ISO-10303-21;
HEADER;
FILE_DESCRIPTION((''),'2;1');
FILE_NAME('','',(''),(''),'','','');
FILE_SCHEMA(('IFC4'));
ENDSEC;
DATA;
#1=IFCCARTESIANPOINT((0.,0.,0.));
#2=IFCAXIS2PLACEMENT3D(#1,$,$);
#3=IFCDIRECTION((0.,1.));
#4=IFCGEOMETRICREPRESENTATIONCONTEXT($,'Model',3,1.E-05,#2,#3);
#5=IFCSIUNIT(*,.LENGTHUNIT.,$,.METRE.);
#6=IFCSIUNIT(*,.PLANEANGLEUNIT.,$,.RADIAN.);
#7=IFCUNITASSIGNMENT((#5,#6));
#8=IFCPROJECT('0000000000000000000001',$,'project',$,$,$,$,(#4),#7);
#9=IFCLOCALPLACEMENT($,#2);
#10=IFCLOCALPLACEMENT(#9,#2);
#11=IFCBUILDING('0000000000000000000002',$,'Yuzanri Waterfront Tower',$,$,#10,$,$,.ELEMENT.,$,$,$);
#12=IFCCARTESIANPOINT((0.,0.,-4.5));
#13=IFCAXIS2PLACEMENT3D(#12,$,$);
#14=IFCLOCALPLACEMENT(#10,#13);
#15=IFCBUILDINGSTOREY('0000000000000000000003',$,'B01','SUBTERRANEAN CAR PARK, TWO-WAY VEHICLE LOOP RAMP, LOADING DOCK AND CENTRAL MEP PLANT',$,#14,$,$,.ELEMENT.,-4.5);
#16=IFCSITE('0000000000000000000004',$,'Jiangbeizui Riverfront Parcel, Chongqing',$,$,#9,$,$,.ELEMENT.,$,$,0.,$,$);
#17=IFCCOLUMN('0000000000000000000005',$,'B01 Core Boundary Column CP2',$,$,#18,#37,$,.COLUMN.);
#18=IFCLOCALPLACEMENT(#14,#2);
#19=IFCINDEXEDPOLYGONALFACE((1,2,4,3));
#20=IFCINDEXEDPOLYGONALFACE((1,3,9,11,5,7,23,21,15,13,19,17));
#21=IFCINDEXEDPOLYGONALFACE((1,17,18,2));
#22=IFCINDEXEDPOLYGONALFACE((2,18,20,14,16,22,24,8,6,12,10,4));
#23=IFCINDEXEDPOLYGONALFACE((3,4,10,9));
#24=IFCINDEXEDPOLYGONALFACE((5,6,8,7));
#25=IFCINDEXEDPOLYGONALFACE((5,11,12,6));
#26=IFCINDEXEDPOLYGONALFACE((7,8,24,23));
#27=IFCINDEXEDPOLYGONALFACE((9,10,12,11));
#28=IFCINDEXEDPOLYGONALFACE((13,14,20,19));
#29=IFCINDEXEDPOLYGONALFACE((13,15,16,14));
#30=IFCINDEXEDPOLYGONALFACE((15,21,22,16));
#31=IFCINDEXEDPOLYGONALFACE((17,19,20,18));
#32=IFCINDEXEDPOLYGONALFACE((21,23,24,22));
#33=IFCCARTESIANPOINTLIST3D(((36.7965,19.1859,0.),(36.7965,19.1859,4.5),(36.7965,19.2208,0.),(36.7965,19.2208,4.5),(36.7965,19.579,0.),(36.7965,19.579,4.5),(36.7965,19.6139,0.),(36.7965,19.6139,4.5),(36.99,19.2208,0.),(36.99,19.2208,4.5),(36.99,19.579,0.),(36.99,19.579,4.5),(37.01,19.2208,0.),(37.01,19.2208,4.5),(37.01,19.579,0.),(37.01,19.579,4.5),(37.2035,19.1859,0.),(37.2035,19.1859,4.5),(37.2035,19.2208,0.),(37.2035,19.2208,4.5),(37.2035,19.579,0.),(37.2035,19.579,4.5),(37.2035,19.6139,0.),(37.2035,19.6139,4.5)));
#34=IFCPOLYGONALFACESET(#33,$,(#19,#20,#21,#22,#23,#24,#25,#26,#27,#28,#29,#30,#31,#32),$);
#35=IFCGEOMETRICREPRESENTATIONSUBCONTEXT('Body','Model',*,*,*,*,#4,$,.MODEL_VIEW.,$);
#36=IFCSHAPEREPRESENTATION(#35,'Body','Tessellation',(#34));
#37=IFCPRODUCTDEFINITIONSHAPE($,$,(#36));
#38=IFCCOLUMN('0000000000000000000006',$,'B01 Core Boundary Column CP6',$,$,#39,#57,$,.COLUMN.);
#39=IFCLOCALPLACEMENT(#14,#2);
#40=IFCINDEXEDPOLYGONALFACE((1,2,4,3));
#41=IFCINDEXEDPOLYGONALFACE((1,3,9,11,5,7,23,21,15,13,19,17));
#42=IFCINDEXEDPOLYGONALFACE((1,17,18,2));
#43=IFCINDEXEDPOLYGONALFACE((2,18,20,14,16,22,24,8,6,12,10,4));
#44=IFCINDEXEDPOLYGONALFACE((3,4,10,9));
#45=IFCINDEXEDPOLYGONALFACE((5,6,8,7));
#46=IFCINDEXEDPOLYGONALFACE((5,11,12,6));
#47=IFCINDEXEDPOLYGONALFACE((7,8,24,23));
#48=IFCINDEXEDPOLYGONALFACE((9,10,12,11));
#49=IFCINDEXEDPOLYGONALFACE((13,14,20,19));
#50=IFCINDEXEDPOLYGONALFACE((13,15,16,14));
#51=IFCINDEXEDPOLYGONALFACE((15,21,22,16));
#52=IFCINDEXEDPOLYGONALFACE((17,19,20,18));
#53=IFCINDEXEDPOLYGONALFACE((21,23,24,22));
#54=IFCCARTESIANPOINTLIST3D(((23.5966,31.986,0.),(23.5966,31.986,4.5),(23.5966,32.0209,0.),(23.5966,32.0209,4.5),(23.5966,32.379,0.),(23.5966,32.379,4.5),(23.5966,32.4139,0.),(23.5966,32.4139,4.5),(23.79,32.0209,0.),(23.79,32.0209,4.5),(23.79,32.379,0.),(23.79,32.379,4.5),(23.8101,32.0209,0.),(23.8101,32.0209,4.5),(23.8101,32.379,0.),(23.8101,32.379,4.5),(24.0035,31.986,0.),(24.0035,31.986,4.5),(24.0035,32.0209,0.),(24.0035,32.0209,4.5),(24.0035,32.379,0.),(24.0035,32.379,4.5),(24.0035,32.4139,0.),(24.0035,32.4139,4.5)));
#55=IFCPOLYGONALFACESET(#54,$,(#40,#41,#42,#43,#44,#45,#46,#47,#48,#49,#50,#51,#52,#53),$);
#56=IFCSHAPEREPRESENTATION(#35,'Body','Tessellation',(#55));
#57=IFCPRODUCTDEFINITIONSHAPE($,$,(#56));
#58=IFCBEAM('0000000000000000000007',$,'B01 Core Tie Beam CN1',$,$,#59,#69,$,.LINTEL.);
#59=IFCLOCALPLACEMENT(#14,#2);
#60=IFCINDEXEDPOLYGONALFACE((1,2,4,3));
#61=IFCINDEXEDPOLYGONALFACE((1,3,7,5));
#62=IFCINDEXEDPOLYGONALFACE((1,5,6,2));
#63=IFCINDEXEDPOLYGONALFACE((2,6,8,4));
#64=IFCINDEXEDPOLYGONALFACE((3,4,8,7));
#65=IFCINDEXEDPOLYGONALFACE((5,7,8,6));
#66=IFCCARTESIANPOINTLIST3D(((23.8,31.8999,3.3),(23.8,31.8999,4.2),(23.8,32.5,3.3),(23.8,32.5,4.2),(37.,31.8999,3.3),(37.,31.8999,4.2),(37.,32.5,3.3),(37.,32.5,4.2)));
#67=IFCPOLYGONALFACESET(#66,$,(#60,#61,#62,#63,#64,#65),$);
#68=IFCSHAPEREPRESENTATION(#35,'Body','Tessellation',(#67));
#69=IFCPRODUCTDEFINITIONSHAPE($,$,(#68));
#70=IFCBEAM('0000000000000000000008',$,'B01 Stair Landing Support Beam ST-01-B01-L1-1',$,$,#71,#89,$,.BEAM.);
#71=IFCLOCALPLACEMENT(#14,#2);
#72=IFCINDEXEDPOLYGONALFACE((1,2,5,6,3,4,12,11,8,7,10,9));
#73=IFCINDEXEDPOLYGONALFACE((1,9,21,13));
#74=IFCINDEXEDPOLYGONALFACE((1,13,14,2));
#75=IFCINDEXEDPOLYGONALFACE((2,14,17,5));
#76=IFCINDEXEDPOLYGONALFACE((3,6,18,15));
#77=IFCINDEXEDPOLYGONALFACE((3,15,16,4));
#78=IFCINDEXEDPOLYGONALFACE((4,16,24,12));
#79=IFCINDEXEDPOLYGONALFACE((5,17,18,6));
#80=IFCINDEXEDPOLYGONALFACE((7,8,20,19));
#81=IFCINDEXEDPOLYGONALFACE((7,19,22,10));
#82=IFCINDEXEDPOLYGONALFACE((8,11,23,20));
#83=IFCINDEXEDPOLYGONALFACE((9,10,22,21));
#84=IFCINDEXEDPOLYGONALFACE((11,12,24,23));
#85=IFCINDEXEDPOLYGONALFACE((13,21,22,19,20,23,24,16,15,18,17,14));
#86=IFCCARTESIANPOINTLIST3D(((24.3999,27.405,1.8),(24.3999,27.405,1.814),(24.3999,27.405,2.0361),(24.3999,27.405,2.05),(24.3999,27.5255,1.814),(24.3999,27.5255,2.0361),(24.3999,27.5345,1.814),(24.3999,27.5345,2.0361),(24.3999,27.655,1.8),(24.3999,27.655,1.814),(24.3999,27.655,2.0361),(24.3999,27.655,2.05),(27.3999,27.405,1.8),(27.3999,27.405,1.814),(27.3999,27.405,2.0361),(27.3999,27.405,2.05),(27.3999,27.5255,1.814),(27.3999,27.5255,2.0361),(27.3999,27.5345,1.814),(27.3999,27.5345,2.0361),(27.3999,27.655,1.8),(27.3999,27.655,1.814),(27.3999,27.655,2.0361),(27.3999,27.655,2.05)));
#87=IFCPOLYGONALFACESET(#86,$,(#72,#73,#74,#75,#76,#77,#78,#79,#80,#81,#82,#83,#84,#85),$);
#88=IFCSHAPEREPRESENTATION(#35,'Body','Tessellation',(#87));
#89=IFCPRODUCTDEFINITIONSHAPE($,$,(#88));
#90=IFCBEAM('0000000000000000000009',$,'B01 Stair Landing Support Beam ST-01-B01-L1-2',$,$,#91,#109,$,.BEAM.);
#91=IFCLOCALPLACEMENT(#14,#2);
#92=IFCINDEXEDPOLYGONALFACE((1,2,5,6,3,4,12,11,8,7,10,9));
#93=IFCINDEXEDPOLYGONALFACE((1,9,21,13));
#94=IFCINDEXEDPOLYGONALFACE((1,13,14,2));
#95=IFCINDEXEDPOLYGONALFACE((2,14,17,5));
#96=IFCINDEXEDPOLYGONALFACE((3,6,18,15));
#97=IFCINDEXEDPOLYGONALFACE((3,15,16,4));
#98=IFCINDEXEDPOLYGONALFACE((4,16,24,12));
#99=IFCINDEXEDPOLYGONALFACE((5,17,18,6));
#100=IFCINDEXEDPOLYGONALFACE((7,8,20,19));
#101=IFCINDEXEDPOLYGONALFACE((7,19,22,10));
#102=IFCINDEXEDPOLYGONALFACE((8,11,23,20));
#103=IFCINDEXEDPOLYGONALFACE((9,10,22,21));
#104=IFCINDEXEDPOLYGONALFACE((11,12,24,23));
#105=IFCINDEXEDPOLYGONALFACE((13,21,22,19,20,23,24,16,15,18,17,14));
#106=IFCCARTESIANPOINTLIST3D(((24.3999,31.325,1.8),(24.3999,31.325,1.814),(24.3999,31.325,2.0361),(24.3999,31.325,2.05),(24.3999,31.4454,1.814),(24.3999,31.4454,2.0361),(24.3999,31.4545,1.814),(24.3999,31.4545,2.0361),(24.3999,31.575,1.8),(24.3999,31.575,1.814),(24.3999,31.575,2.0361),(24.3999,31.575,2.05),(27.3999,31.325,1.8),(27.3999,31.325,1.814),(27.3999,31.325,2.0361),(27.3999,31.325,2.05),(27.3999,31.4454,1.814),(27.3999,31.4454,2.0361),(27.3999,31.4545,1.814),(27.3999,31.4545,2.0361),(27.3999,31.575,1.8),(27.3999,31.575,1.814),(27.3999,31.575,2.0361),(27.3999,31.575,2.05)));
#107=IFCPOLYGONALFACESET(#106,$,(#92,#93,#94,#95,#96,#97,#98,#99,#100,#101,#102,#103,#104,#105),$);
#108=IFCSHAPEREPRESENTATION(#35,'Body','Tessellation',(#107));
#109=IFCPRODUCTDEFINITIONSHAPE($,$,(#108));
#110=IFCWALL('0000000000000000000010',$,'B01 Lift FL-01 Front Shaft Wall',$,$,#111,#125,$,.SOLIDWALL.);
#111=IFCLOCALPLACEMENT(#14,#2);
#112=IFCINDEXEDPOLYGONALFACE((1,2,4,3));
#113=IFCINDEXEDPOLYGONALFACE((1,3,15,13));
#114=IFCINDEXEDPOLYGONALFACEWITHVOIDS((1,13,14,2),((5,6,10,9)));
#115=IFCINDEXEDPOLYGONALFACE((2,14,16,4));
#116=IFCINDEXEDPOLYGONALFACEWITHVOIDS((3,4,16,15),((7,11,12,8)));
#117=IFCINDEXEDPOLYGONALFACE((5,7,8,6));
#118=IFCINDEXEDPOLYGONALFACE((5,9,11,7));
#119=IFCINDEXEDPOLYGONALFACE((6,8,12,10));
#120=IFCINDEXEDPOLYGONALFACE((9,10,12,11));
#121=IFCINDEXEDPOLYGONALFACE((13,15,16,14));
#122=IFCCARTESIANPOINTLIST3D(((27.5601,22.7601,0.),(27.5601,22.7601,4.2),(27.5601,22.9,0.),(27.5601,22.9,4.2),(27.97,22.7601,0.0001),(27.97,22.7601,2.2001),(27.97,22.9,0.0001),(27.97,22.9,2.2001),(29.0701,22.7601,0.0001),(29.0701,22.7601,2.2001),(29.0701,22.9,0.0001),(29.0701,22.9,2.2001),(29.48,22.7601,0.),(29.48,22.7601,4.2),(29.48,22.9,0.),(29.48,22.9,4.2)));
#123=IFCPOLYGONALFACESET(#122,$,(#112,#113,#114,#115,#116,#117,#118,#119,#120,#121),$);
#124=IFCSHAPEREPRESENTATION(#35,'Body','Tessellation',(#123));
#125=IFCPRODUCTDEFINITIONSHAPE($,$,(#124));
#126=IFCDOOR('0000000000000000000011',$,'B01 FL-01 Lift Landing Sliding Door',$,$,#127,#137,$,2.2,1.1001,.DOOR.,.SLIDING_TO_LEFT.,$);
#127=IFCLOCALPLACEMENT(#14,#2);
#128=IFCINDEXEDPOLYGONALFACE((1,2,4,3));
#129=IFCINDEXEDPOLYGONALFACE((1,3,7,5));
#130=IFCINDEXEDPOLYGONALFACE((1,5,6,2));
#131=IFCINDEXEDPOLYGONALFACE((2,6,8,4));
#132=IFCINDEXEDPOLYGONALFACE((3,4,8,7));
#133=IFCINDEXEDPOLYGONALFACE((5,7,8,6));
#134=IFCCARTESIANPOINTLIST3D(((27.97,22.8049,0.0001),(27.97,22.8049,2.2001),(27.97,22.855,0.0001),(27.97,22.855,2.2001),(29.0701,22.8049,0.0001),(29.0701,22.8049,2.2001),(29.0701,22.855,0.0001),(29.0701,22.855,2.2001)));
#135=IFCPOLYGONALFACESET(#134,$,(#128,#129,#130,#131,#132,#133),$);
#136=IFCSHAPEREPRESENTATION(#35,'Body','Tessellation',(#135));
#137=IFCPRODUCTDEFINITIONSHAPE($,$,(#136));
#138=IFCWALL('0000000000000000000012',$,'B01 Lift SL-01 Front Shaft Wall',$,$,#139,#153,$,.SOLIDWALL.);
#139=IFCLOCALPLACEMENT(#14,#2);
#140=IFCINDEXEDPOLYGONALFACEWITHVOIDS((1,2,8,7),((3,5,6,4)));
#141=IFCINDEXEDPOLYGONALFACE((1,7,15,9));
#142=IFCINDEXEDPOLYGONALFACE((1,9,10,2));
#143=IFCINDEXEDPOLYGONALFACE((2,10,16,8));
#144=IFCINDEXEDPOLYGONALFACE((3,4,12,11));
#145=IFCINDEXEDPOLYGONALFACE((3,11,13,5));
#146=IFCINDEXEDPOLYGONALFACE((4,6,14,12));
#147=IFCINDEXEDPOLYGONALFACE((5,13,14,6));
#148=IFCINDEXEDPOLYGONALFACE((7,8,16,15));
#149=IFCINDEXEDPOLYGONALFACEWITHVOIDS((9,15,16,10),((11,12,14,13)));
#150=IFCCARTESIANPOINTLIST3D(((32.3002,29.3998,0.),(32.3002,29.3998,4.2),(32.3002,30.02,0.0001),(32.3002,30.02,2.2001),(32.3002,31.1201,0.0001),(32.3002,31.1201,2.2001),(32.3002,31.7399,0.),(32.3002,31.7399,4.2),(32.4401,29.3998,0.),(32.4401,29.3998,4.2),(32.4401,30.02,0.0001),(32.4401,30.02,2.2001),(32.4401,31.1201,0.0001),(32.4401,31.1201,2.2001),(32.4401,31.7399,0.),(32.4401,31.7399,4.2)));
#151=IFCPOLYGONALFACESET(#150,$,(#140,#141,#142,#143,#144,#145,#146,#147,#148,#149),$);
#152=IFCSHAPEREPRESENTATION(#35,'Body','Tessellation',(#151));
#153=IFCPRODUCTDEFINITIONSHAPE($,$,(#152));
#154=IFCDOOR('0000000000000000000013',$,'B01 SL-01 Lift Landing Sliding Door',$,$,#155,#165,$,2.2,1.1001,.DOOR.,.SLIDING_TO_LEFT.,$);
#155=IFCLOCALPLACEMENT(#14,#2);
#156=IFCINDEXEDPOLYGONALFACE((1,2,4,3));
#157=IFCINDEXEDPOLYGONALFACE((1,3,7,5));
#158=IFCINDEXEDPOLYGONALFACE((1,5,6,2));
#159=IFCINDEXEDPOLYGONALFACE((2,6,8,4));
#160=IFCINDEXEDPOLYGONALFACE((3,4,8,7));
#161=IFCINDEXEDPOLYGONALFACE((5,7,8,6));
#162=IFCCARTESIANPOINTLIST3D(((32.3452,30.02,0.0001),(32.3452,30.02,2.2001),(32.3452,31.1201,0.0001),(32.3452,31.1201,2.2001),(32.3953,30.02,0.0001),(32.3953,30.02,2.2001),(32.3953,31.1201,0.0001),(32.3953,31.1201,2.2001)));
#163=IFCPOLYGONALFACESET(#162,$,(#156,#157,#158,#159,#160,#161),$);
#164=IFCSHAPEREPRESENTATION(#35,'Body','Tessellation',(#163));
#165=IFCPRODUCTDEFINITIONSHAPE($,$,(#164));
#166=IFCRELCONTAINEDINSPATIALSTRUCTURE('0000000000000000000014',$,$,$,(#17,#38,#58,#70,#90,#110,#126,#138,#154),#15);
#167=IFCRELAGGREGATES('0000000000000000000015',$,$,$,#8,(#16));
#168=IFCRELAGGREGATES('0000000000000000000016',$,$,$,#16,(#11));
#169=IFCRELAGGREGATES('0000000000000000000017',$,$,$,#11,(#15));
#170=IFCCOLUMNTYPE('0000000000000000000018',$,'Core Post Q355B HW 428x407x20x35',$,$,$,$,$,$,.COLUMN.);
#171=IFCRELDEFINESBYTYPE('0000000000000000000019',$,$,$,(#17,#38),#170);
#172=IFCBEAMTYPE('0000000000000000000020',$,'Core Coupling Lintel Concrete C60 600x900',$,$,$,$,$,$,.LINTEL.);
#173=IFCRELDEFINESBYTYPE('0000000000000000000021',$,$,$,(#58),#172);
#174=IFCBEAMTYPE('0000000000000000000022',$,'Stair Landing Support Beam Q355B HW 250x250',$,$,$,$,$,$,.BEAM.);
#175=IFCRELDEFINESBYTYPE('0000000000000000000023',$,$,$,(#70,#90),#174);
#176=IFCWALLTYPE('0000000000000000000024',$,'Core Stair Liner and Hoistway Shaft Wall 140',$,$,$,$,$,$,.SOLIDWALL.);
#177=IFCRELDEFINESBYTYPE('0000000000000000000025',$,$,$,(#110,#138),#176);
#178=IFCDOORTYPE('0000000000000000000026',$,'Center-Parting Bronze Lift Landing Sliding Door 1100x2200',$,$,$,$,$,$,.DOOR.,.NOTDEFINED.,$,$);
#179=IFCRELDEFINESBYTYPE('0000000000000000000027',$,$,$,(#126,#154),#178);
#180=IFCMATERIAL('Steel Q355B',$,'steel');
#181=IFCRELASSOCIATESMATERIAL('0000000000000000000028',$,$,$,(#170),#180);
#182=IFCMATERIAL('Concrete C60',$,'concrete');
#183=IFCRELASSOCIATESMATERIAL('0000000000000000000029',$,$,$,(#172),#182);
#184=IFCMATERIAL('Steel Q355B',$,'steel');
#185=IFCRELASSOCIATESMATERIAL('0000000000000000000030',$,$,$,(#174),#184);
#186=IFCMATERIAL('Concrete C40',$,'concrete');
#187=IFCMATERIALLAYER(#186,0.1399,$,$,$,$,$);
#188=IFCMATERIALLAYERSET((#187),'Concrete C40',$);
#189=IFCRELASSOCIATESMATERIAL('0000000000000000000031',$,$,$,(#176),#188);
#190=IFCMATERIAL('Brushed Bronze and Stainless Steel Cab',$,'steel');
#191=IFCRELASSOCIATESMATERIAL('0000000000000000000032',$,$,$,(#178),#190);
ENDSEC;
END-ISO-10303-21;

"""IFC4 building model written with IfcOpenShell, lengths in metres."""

from ifc_helpers import new_model, si_unit, direction, frame, frame_2d, origin, origin_2d, place, context, subcontext, project, spatial, rectangle, i_section, extrude, source, transform, mapped, material, layer, layer_set, material_profile, profile_set, type_object, element, fill, save


model = new_model("IFC4")

# Units and contexts
model_context = context("Model", 3, precision=1e-05, world=origin(), true_north=direction((0.0, 1.0)))
body_context = subcontext(model_context, "Body", "Model", "MODEL_VIEW")
ifc_project = project(units=[si_unit("LENGTHUNIT", "METRE"), si_unit("PLANEANGLEUNIT", "RADIAN")], contexts=[model_context])

# Site, building, storey
site_placement = place(None, origin())
site = spatial("IfcSite", under=ifc_project, at=site_placement, Name="Jiangbeizui Riverfront Parcel, Chongqing", CompositionType="ELEMENT", RefElevation=0.0)
building_placement = place(site_placement, origin())
building = spatial("IfcBuilding", under=site, at=building_placement, Name="Yuzanri Waterfront Tower", CompositionType="ELEMENT")
storey_placement = place(building_placement, frame((0.0, 0.0, -4.5)))
storey = spatial("IfcBuildingStorey", under=building, at=storey_placement, Name="B01", Description="SUBTERRANEAN CAR PARK, TWO-WAY VEHICLE LOOP RAMP, LOADING DOCK AND CENTRAL MEP PLANT", CompositionType="ELEMENT", Elevation=-4.5)

# Columns
ifc_material_1 = material(Name="Steel Q355B", Category="steel")
ifc_material_profile_1 = material_profile(ifc_material_1, i_section(OverallWidth=0.407, OverallDepth=0.428, WebThickness=0.02, FlangeThickness=0.0349, at=origin_2d()), Name="HW 428x407x20x35")
ifc_profile_set_1 = profile_set([ifc_material_profile_1], Name="Steel Q355B")
column_type = type_object("IfcColumnType", Name="Core Post Q355B HW 428x407x20x35", PredefinedType="COLUMN", material=ifc_profile_set_1)
shared_shape_1 = source(origin(), body_context, "Body", "SweptSolid", [
    extrude(i_section(OverallWidth=0.407, OverallDepth=0.428, WebThickness=0.02, FlangeThickness=0.0349, at=origin_2d()), origin(), (0.0, 0.0, 1.0), 4.5),
])
for number, where, z_axis, x_axis, name in (
    (1, (37.0, 19.3999, 0.0), (0.0, 0.0, 1.0), (1.0, 0.0, 0.0), "B01 Core Boundary Column CP2"),
    (2, (23.8, 32.2, 0.0), (0.0, 0.0, 1.0), (1.0, 0.0, 0.0), "B01 Core Boundary Column CP6"),
):
    element("IfcColumn", number, at=place(storey_placement, frame(where, z_axis=z_axis, x_axis=x_axis)), inside=storey, type_object=column_type, Name=name, PredefinedType="COLUMN", context=body_context, shape_type="MappedRepresentation", body=[
        mapped(shared_shape_1, transform((0.0, 0.0, 0.0), scale=1.0)),
    ])

# Beams
ifc_material_2 = material(Name="Concrete C60", Category="concrete")
ifc_material_profile_2 = material_profile(ifc_material_2, rectangle(XDim=0.6001, YDim=0.8999, at=origin_2d()), Name="RC 600x900")
ifc_profile_set_2 = profile_set([ifc_material_profile_2], Name="Concrete C60")
beam_type_1 = type_object("IfcBeamType", Name="Core Coupling Lintel Concrete C60 600x900", PredefinedType="LINTEL", material=ifc_profile_set_2)
shared_shape_2 = source(origin(), body_context, "Body", "SweptSolid", [
    extrude(rectangle(XDim=0.6001, YDim=0.8999, at=origin_2d()), origin(), (0.0, 0.0, 1.0), 13.2),
])
beam_placement = place(storey_placement, frame((23.8, 32.2, 3.75), z_axis=(1.0, 0.0, 0.0), x_axis=(0.0, 1.0, 0.0)))
element("IfcBeam", 3, at=beam_placement, inside=storey, type_object=beam_type_1, Name="B01 Core Tie Beam CN1", PredefinedType="LINTEL", context=body_context, shape_type="MappedRepresentation", body=[
    mapped(shared_shape_2, transform((0.0, 0.0, 0.0), scale=1.0)),
])
ifc_material_3 = material(Name="Steel Q355B", Category="steel")
ifc_material_profile_3 = material_profile(ifc_material_3, i_section(OverallWidth=0.25, OverallDepth=0.25, WebThickness=0.009, FlangeThickness=0.0139, at=origin_2d()), Name="HW 250x250x9x14")
ifc_profile_set_3 = profile_set([ifc_material_profile_3], Name="Steel Q355B")
beam_type_2 = type_object("IfcBeamType", Name="Stair Landing Support Beam Q355B HW 250x250", PredefinedType="BEAM", material=ifc_profile_set_3)
shared_shape_3 = source(origin(), body_context, "Body", "SweptSolid", [
    extrude(i_section(OverallWidth=0.25, OverallDepth=0.25, WebThickness=0.009, FlangeThickness=0.0139, at=origin_2d()), origin(), (0.0, 0.0, 1.0), 3.0),
])
for number, where, z_axis, x_axis, name in (
    (4, (24.3999, 27.53, 1.925), (1.0, 0.0, 0.0), (0.0, 1.0, 0.0), "B01 Stair Landing Support Beam ST-01-B01-L1-1"),
    (5, (24.3999, 31.45, 1.925), (1.0, 0.0, 0.0), (0.0, 1.0, 0.0), "B01 Stair Landing Support Beam ST-01-B01-L1-2"),
):
    element("IfcBeam", number, at=place(storey_placement, frame(where, z_axis=z_axis, x_axis=x_axis)), inside=storey, type_object=beam_type_2, Name=name, PredefinedType="BEAM", context=body_context, shape_type="MappedRepresentation", body=[
        mapped(shared_shape_3, transform((0.0, 0.0, 0.0), scale=1.0)),
    ])

# Walls, openings, doors
ifc_material_4 = material(Name="Concrete C40", Category="concrete")
ifc_layer_1 = layer(ifc_material_4, 0.1399)
ifc_layer_set_1 = layer_set([ifc_layer_1], Name="Concrete C40")
wall_type_1 = type_object("IfcWallType", Name="Core Stair Liner and Hoistway Shaft Wall 140", PredefinedType="SOLIDWALL", material=ifc_layer_set_1)
wall_1_placement = place(storey_placement, frame((27.5601, 22.8301, 0.0), z_axis=(0.0, 0.0, 1.0), x_axis=(1.0, 0.0, 0.0)))
wall_1 = element("IfcWall", 6, at=wall_1_placement, inside=storey, type_object=wall_type_1, Name="B01 Lift FL-01 Front Shaft Wall", PredefinedType="SOLIDWALL", context=body_context, shape_type="SweptSolid", body=[
    extrude(rectangle(XDim=1.9199, YDim=0.1399, at=frame_2d((0.96, 0.0))), origin(), (0.0, 0.0, 1.0), 4.2),
])
opening_1_placement = place(wall_1_placement, frame((0.4099, 0.0, 0.0)))
opening_1 = element("IfcOpeningElement", 7, at=opening_1_placement, cuts=wall_1, PredefinedType="OPENING", context=body_context, shape_type="SweptSolid", body=[
    extrude(rectangle(XDim=1.1001, YDim=2.2, at=frame_2d((0.55, 1.1001))), frame((0.0, 0.085, 0.0), z_axis=(0.0, -1.0, 0.0), x_axis=(1.0, 0.0, 0.0)), (0.0, 0.0, 1.0), 0.1697),
])
ifc_material_5 = material(Name="Brushed Bronze and Stainless Steel Cab", Category="steel")
door_type_1 = type_object("IfcDoorType", Name="Center-Parting Bronze Lift Landing Sliding Door 1100x2200", OperationType="NOTDEFINED", PredefinedType="DOOR", material=ifc_material_5)
shared_shape_4 = source(origin(), body_context, "Body", "SweptSolid", [
    extrude(rectangle(XDim=1.1001, YDim=2.2, at=frame_2d((0.55, 1.1001))), frame((0.0, 0.0249, 0.0), z_axis=(0.0, -1.0, 0.0), x_axis=(1.0, 0.0, 0.0)), (0.0, 0.0, 1.0), 0.05),
])
door_1_placement = place(opening_1_placement, origin())
door_1 = element("IfcDoor", 8, at=door_1_placement, inside=storey, type_object=door_type_1, Name="B01 FL-01 Lift Landing Sliding Door", OperationType="SLIDING_TO_LEFT", OverallHeight=2.2, OverallWidth=1.1001, PredefinedType="DOOR", context=body_context, shape_type="MappedRepresentation", body=[
    mapped(shared_shape_4, transform((0.0, 0.0, 0.0), scale=1.0)),
])
fill(opening_1, door_1)
wall_2_placement = place(storey_placement, frame((32.3701, 29.3999, 0.0), z_axis=(0.0, 0.0, 1.0), x_axis=(0.0, 1.0, 0.0)))
wall_2 = element("IfcWall", 9, at=wall_2_placement, inside=storey, type_object=wall_type_1, Name="B01 Lift SL-01 Front Shaft Wall", PredefinedType="SOLIDWALL", context=body_context, shape_type="SweptSolid", body=[
    extrude(rectangle(XDim=2.3401, YDim=0.1399, at=frame_2d((1.1699, 0.0))), origin(), (0.0, 0.0, 1.0), 4.2),
])
opening_2_placement = place(wall_2_placement, frame((0.6201, 0.0, 0.0)))
opening_2 = element("IfcOpeningElement", 10, at=opening_2_placement, cuts=wall_2, PredefinedType="OPENING", context=body_context, shape_type="SweptSolid", body=[
    extrude(rectangle(XDim=1.1001, YDim=2.2, at=frame_2d((0.55, 1.1001))), frame((0.0, 0.085, 0.0), z_axis=(0.0, -1.0, 0.0), x_axis=(1.0, 0.0, 0.0)), (0.0, 0.0, 1.0), 0.1697),
])
door_2_placement = place(opening_2_placement, origin())
door_2 = element("IfcDoor", 11, at=door_2_placement, inside=storey, type_object=door_type_1, Name="B01 SL-01 Lift Landing Sliding Door", OperationType="SLIDING_TO_LEFT", OverallHeight=2.2, OverallWidth=1.1001, PredefinedType="DOOR", context=body_context, shape_type="MappedRepresentation", body=[
    mapped(shared_shape_4, transform((0.0, 0.0, 0.0), scale=1.0)),
])
fill(opening_2, door_2)

save(model, "model.ifc")
